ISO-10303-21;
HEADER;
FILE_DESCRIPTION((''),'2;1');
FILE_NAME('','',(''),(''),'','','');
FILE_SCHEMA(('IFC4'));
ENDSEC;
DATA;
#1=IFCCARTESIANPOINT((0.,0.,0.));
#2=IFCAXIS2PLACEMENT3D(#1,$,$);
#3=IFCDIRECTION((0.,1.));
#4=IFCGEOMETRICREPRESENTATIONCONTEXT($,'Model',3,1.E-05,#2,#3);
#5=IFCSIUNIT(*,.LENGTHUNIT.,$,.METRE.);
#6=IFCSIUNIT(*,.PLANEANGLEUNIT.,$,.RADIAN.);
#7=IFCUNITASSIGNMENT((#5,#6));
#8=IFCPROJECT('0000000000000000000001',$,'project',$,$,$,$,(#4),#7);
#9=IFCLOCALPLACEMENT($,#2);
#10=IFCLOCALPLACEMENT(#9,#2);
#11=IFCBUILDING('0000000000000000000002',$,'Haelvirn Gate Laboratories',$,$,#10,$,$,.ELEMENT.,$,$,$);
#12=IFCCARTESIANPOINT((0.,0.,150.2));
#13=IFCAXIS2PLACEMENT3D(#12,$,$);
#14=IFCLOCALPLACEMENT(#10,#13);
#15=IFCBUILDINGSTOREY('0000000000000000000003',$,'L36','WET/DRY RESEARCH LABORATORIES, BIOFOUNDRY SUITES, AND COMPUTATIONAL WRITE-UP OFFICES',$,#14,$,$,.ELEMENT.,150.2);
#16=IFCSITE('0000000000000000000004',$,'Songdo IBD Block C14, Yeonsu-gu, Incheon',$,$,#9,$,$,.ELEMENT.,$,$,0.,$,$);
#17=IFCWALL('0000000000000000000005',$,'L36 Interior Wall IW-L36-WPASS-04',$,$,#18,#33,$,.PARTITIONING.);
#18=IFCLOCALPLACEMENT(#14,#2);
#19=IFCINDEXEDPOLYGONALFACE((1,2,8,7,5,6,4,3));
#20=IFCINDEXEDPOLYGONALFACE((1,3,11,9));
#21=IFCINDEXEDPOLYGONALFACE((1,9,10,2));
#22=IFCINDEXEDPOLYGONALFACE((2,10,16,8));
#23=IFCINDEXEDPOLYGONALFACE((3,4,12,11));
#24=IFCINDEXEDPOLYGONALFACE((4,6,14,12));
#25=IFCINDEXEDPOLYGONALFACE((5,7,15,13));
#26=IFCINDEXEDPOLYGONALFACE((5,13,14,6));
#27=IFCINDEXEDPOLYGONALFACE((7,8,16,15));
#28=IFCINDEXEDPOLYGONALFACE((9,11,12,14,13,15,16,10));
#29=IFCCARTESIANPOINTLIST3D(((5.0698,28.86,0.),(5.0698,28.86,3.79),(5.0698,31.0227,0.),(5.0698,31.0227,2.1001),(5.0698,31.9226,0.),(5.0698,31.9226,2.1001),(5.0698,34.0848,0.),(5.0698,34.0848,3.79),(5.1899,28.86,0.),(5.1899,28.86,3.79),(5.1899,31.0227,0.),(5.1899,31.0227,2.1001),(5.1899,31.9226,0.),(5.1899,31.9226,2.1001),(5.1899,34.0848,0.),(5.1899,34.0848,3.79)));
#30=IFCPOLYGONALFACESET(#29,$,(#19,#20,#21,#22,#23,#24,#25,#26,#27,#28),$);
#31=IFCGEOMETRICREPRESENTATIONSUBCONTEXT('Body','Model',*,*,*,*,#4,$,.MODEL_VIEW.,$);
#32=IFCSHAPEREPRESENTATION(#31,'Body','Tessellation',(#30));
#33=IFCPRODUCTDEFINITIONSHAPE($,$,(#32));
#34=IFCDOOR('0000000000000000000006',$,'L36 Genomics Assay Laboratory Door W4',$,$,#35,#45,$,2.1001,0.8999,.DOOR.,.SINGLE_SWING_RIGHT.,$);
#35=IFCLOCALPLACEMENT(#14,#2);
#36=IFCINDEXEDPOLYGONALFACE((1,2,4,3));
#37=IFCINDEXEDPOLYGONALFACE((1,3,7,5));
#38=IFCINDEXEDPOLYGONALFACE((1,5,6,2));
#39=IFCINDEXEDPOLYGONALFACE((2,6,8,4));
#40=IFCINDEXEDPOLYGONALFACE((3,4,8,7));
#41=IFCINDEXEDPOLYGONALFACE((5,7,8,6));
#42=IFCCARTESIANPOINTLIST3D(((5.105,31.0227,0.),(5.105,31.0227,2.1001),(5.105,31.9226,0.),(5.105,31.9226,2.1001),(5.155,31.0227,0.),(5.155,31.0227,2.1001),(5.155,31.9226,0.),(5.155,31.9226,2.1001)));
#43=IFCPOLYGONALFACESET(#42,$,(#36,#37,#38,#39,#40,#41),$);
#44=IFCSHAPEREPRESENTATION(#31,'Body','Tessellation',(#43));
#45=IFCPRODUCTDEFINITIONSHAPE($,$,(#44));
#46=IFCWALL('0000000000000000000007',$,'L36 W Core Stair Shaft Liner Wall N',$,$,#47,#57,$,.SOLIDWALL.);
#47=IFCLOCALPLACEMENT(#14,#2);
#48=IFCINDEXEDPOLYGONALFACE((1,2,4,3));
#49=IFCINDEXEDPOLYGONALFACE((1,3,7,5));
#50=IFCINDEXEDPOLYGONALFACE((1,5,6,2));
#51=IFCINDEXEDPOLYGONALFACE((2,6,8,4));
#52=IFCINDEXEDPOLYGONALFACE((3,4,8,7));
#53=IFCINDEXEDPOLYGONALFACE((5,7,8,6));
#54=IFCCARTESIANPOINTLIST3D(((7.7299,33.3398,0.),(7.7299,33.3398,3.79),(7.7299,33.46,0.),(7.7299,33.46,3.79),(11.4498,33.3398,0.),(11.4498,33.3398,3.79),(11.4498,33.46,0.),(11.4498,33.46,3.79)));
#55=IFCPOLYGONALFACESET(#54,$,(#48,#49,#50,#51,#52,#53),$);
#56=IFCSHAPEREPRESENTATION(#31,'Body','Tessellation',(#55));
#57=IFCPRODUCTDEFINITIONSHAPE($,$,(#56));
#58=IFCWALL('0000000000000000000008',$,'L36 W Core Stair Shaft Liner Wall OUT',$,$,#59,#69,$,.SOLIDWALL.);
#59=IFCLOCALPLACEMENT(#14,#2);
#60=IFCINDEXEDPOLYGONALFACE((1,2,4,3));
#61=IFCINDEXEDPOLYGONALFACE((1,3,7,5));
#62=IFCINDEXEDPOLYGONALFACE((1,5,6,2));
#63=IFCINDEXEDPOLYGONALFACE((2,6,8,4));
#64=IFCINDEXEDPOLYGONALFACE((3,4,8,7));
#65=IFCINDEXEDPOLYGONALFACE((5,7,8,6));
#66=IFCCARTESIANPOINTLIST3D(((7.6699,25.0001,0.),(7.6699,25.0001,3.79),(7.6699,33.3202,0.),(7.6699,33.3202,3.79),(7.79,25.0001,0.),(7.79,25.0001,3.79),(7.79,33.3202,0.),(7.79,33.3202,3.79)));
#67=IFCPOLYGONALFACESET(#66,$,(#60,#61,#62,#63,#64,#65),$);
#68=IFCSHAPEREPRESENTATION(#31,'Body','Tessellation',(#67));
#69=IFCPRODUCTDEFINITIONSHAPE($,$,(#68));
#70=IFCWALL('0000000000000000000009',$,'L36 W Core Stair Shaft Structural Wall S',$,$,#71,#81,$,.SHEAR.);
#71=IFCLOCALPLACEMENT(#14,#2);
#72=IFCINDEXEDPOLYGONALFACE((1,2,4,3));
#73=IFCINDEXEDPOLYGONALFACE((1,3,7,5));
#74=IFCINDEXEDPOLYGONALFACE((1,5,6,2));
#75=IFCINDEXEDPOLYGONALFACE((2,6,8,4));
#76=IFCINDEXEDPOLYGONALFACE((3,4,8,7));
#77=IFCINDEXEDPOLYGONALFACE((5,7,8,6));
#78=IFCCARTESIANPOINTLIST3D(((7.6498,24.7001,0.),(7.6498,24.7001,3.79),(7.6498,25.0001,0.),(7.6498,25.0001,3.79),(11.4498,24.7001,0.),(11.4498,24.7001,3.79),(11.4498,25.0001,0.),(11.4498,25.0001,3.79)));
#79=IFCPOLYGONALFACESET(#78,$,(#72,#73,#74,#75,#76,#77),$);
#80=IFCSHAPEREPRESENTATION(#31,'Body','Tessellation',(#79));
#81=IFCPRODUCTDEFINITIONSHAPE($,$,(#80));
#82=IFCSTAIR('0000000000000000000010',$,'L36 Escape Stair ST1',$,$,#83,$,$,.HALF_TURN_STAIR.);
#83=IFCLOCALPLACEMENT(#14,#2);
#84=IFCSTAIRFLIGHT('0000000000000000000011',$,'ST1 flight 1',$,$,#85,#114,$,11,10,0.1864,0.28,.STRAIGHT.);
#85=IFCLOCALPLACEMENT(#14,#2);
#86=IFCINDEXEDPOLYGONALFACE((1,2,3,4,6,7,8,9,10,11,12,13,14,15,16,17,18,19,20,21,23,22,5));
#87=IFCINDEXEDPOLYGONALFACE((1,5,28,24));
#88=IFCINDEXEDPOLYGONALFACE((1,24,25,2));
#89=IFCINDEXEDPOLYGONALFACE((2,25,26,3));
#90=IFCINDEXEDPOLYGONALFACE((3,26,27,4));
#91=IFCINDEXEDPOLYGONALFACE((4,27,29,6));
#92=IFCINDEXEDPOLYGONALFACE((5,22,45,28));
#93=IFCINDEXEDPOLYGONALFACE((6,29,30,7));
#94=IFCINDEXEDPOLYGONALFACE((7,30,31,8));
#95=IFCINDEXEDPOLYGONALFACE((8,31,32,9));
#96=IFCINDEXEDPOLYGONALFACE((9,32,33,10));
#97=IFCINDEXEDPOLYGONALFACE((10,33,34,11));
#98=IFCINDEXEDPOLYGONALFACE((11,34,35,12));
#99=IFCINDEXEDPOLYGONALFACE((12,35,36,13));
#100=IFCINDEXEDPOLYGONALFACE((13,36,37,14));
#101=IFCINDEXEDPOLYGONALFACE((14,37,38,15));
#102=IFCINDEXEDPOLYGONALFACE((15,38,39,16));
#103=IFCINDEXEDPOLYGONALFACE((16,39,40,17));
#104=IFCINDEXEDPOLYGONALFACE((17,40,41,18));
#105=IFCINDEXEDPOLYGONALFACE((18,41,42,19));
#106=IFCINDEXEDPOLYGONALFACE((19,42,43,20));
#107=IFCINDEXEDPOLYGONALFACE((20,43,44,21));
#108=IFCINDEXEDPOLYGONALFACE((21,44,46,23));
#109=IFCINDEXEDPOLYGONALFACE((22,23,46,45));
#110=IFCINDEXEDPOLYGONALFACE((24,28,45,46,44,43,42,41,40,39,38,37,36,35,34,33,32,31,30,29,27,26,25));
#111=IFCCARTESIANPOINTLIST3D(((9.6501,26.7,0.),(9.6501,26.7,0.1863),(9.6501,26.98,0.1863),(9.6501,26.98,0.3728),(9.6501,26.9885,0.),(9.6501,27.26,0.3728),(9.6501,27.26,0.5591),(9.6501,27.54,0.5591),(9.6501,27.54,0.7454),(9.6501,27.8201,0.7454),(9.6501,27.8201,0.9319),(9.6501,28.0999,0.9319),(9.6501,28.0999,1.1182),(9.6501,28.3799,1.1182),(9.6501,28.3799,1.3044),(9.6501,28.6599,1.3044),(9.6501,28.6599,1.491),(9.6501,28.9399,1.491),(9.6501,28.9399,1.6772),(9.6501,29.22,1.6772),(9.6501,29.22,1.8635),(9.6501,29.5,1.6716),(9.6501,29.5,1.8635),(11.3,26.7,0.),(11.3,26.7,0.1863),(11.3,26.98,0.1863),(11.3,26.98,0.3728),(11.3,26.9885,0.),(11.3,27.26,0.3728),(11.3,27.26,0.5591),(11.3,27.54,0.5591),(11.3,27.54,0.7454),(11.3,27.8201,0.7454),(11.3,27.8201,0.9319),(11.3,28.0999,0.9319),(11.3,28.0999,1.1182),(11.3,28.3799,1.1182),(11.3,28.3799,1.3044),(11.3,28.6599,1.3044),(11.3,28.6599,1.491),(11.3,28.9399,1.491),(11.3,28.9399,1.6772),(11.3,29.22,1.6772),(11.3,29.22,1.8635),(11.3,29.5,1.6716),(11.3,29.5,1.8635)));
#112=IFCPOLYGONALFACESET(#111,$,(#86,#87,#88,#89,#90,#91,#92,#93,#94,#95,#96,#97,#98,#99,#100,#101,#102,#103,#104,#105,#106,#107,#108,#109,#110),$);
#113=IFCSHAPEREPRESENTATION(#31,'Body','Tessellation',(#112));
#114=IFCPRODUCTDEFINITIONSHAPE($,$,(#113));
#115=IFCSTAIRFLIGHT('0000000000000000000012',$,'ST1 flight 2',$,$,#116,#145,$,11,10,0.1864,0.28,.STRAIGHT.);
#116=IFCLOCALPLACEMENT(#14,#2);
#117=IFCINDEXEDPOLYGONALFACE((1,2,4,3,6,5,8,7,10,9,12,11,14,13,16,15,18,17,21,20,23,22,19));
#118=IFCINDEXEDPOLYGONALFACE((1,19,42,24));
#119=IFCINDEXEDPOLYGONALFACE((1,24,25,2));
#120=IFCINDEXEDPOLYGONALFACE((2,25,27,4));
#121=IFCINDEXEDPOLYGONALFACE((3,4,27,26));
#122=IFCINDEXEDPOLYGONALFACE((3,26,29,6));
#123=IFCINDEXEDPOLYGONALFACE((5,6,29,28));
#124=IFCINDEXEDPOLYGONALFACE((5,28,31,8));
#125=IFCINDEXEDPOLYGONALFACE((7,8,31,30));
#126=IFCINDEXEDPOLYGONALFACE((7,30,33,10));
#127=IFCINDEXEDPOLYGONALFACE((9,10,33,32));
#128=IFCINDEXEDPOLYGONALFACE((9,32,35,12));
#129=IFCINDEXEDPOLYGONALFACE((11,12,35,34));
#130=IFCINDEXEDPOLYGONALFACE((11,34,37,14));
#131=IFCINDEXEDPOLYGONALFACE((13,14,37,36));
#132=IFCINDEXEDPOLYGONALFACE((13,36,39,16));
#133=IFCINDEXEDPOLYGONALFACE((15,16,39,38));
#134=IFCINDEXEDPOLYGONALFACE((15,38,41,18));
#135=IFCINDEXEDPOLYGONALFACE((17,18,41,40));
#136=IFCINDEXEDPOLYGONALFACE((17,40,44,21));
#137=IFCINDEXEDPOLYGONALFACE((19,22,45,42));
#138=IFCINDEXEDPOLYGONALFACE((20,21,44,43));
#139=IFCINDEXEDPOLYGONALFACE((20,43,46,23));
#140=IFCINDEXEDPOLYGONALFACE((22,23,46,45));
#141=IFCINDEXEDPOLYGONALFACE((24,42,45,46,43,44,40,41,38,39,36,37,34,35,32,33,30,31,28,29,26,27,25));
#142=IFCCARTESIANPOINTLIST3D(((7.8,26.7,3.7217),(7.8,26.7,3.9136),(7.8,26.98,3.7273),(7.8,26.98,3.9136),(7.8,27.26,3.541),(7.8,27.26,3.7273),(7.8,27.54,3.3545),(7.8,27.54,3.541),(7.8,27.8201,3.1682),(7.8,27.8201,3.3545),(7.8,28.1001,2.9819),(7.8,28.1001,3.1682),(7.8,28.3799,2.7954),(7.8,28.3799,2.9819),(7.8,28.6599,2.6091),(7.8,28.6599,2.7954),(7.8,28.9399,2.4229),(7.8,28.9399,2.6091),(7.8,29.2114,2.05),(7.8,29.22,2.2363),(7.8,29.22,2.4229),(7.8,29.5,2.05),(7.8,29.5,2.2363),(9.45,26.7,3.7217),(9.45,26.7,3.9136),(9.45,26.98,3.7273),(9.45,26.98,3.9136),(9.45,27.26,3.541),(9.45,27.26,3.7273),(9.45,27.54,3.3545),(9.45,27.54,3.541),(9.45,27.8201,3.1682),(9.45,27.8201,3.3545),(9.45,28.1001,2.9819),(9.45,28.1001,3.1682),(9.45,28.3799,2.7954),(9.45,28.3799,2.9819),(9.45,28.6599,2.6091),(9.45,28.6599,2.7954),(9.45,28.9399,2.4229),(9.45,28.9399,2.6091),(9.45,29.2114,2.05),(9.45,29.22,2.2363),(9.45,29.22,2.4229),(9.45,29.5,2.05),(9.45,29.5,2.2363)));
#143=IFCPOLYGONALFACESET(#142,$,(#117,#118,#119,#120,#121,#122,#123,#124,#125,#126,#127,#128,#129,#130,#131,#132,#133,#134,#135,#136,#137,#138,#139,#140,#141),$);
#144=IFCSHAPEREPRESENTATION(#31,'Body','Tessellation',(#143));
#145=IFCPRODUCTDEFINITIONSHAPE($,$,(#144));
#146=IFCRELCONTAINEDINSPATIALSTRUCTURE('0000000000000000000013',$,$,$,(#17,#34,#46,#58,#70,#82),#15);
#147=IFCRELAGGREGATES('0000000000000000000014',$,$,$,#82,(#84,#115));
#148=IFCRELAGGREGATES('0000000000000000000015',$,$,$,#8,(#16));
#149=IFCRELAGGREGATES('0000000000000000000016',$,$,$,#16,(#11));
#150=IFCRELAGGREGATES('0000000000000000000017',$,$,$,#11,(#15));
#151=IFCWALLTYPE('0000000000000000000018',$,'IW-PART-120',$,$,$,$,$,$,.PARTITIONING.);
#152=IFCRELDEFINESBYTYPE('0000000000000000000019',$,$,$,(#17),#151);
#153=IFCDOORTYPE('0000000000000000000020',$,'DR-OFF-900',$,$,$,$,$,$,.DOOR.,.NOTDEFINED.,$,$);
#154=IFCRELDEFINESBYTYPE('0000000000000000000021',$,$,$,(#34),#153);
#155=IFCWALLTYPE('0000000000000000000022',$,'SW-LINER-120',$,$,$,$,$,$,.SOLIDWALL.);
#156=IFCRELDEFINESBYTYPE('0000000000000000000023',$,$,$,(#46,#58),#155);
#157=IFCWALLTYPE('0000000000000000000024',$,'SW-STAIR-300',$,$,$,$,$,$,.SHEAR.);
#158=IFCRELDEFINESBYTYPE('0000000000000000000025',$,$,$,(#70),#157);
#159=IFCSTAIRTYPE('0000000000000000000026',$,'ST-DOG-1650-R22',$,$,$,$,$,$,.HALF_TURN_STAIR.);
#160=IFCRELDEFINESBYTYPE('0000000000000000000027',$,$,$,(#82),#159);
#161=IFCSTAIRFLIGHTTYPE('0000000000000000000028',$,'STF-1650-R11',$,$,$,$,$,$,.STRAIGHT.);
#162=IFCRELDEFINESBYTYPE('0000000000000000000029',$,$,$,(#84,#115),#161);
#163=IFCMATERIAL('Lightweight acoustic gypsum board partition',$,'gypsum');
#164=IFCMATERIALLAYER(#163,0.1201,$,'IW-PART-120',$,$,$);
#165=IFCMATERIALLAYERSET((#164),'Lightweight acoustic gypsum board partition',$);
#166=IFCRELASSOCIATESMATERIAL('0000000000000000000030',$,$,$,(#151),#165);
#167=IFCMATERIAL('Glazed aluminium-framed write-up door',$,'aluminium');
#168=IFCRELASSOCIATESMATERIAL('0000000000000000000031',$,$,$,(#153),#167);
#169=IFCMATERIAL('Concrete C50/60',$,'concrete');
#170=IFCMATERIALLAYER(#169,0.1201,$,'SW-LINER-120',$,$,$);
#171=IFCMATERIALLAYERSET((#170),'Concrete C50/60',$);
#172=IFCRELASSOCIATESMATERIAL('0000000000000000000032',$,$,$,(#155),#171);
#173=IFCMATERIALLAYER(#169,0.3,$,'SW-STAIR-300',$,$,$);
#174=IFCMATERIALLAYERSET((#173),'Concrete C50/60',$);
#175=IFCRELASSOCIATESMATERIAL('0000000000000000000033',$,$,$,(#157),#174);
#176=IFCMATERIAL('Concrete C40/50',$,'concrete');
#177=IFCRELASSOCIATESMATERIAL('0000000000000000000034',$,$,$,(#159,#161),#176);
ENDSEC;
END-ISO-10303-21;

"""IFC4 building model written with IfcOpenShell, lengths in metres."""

from ifc_helpers import new_model, si_unit, direction, frame, frame_2d, origin, place, context, subcontext, project, spatial, polyline, rectangle, outline, extrude, source, transform, mapped, material, layer, layer_set, type_object, type_shapes, element, fill, aggregate, save


model = new_model("IFC4")

# Units and contexts
model_context = context("Model", 3, precision=1e-05, world=origin(), true_north=direction((0.0, 1.0)))
body_context = subcontext(model_context, "Body", "Model", "MODEL_VIEW")
ifc_project = project(units=[si_unit("LENGTHUNIT", "METRE"), si_unit("PLANEANGLEUNIT", "RADIAN")], contexts=[model_context])

# Site, building, storey
site_placement = place(None, origin())
site = spatial("IfcSite", under=ifc_project, at=site_placement, Name="Songdo IBD Block C14, Yeonsu-gu, Incheon", CompositionType="ELEMENT", RefElevation=0.0)
building_placement = place(site_placement, origin())
building = spatial("IfcBuilding", under=site, at=building_placement, Name="Haelvirn Gate Laboratories", CompositionType="ELEMENT")
storey_placement = place(building_placement, frame((0.0, 0.0, 150.2)))
storey = spatial("IfcBuildingStorey", under=building, at=storey_placement, Name="L36", Description="WET/DRY RESEARCH LABORATORIES, BIOFOUNDRY SUITES, AND COMPUTATIONAL WRITE-UP OFFICES", CompositionType="ELEMENT", Elevation=150.2)

# Shared definitions
ifc_material_1 = material(Name="Lightweight acoustic gypsum board partition", Category="gypsum")
ifc_layer_1 = layer(ifc_material_1, 0.1201, Name="IW-PART-120")
ifc_layer_set_1 = layer_set([ifc_layer_1], Name="Lightweight acoustic gypsum board partition")
wall_type_1 = type_object("IfcWallType", Name="IW-PART-120", PredefinedType="PARTITIONING", material=ifc_layer_set_1)

# Shared definitions
ifc_material_2 = material(Name="Glazed aluminium-framed write-up door", Category="aluminium")
door_type = type_object("IfcDoorType", Name="DR-OFF-900", OperationType="NOTDEFINED", PredefinedType="DOOR", material=ifc_material_2)
shared_shape_1 = source(origin(), body_context, "Body", "SweptSolid", [
    extrude(rectangle(XDim=0.8999, YDim=2.1001, at=frame_2d((0.45, 1.05))), frame((0.0, 0.0249, 0.0), z_axis=(0.0, -1.0, 0.0), x_axis=(1.0, 0.0, 0.0)), (0.0, 0.0, 1.0), 0.05),
])
type_shapes(door_type, [shared_shape_1])

# Wall, opening, door
wall_1_placement = place(storey_placement, frame((5.1299, 28.8601, 0.0), z_axis=(0.0, 0.0, 1.0), x_axis=(0.0, 1.0, 0.0)))
wall_1 = element("IfcWall", 1, at=wall_1_placement, inside=storey, type_object=wall_type_1, Name="L36 Interior Wall IW-L36-WPASS-04", PredefinedType="PARTITIONING", context=body_context, shape_type="SweptSolid", body=[
    extrude(rectangle(XDim=5.2249, YDim=0.1201, at=frame_2d((2.6123, 0.0))), origin(), (0.0, 0.0, 1.0), 3.79),
])
opening_1_placement = place(wall_1_placement, frame((2.1626, 0.0, 0.0)))
opening_1 = element("IfcOpeningElement", 2, at=opening_1_placement, cuts=wall_1, PredefinedType="OPENING", context=body_context, shape_type="SweptSolid", body=[
    extrude(rectangle(XDim=0.8999, YDim=2.1001, at=frame_2d((0.45, 1.05))), frame((0.0, 0.0701, 0.0), z_axis=(0.0, -1.0, 0.0), x_axis=(1.0, 0.0, 0.0)), (0.0, 0.0, 1.0), 0.1401),
])
door_1_placement = place(opening_1_placement, origin())
door_1 = element("IfcDoor", 3, at=door_1_placement, inside=storey, type_object=door_type, Name="L36 Genomics Assay Laboratory Door W4", OperationType="SINGLE_SWING_RIGHT", OverallHeight=2.1001, OverallWidth=0.8999, PredefinedType="DOOR", context=body_context, shape_type="MappedRepresentation", body=[
    mapped(shared_shape_1, transform((0.0, 0.0, 0.0), scale=1.0)),
])
fill(opening_1, door_1)

# Walls
ifc_material_3 = material(Name="Concrete C50/60", Category="concrete")
ifc_layer_2 = layer(ifc_material_3, 0.1201, Name="SW-LINER-120")
ifc_layer_set_2 = layer_set([ifc_layer_2], Name="Concrete C50/60")
wall_type_2 = type_object("IfcWallType", Name="SW-LINER-120", PredefinedType="SOLIDWALL", material=ifc_layer_set_2)
wall_2_placement = place(storey_placement, frame((7.73, 33.3999, 0.0), z_axis=(0.0, 0.0, 1.0), x_axis=(1.0, 0.0, 0.0)))
element("IfcWall", 4, at=wall_2_placement, inside=storey, type_object=wall_type_2, Name="L36 W Core Stair Shaft Liner Wall N", PredefinedType="SOLIDWALL", context=body_context, shape_type="SweptSolid", body=[
    extrude(rectangle(XDim=3.72, YDim=0.1201, at=frame_2d((1.8599, 0.0))), origin(), (0.0, 0.0, 1.0), 3.79),
])
wall_3_placement = place(storey_placement, frame((7.73, 25.0, 0.0), z_axis=(0.0, 0.0, 1.0), x_axis=(0.0, 1.0, 0.0)))
element("IfcWall", 5, at=wall_3_placement, inside=storey, type_object=wall_type_2, Name="L36 W Core Stair Shaft Liner Wall OUT", PredefinedType="SOLIDWALL", context=body_context, shape_type="SweptSolid", body=[
    extrude(rectangle(XDim=8.3201, YDim=0.1201, at=frame_2d((4.1602, 0.0))), origin(), (0.0, 0.0, 1.0), 3.79),
])
ifc_layer_3 = layer(ifc_material_3, 0.3, Name="SW-STAIR-300")
ifc_layer_set_3 = layer_set([ifc_layer_3], Name="Concrete C50/60")
wall_type_3 = type_object("IfcWallType", Name="SW-STAIR-300", PredefinedType="SHEAR", material=ifc_layer_set_3)
wall_4_placement = place(storey_placement, frame((7.6499, 24.8501, 0.0), z_axis=(0.0, 0.0, 1.0), x_axis=(1.0, 0.0, 0.0)))
element("IfcWall", 6, at=wall_4_placement, inside=storey, type_object=wall_type_3, Name="L36 W Core Stair Shaft Structural Wall S", PredefinedType="SHEAR", context=body_context, shape_type="SweptSolid", body=[
    extrude(rectangle(XDim=3.8, YDim=0.3, at=frame_2d((1.8999, 0.0))), origin(), (0.0, 0.0, 1.0), 3.79),
])

# Stair, stair flights
ifc_material_4 = material(Name="Concrete C40/50", Category="concrete")
stair_type = type_object("IfcStairType", Name="ST-DOG-1650-R22", PredefinedType="HALF_TURN_STAIR", material=ifc_material_4)
stair_placement = place(storey_placement, origin())
stair = element("IfcStair", 7, at=stair_placement, inside=storey, type_object=stair_type, Name="L36 Escape Stair ST1", PredefinedType="HALF_TURN_STAIR")
stair_flight_type = type_object("IfcStairFlightType", Name="STF-1650-R11", PredefinedType="STRAIGHT", material=ifc_material_4)
shared_shape_2 = source(origin(), body_context, "Body", "SweptSolid", [
    extrude(outline(polyline([(0.0, 0.0), (0.0, 0.1863), (0.28, 0.1863), (0.28, 0.3728), (0.5601, 0.3728), (0.5601, 0.5591), (0.8401, 0.5591), (0.8401, 0.7454), (1.1201, 0.7454), (1.1201, 0.9319), (1.3999, 0.9319), (1.3999, 1.1182), (1.6799, 1.1182), (1.6799, 1.3044), (1.96, 1.3044), (1.96, 1.491), (2.24, 1.491), (2.24, 1.6772), (2.52, 1.6772), (2.52, 1.8635), (2.8, 1.8635), (2.8, 2.05), (2.8, 1.6716), (0.2886, 0.0), (0.0, 0.0)])), frame((0.0, 0.825, 0.0), z_axis=(0.0, -1.0, 0.0), x_axis=(1.0, 0.0, 0.0)), (0.0, 0.0, 1.0), 1.6499),
])
type_shapes(stair_flight_type, [shared_shape_2])
stair_flight_1_placement = place(storey_placement, frame((10.4751, 26.7, 0.0), z_axis=(0.0, 0.0, 1.0), x_axis=(0.0, 1.0, 0.0)))
stair_flight_1 = element("IfcStairFlight", 8, at=stair_flight_1_placement, type_object=stair_flight_type, Name="ST1 flight 1", NumberOfRisers=11, NumberOfTreads=10, PredefinedType="STRAIGHT", RiserHeight=0.1864, TreadLength=0.28, context=body_context, shape_type="MappedRepresentation", body=[
    mapped(shared_shape_2, transform((0.0, 0.0, 0.0), scale=1.0)),
])
stair_flight_2_placement = place(storey_placement, frame((8.625, 29.5, 2.05), z_axis=(0.0, 0.0, 1.0), x_axis=(0.0, -1.0, 0.0)))
stair_flight_2 = element("IfcStairFlight", 9, at=stair_flight_2_placement, type_object=stair_flight_type, Name="ST1 flight 2", NumberOfRisers=11, NumberOfTreads=10, PredefinedType="STRAIGHT", RiserHeight=0.1864, TreadLength=0.28, context=body_context, shape_type="MappedRepresentation", body=[
    mapped(shared_shape_2, transform((0.0, 0.0, 0.0), scale=1.0)),
])
aggregate(stair, [stair_flight_1, stair_flight_2])

save(model, "model.ifc")
